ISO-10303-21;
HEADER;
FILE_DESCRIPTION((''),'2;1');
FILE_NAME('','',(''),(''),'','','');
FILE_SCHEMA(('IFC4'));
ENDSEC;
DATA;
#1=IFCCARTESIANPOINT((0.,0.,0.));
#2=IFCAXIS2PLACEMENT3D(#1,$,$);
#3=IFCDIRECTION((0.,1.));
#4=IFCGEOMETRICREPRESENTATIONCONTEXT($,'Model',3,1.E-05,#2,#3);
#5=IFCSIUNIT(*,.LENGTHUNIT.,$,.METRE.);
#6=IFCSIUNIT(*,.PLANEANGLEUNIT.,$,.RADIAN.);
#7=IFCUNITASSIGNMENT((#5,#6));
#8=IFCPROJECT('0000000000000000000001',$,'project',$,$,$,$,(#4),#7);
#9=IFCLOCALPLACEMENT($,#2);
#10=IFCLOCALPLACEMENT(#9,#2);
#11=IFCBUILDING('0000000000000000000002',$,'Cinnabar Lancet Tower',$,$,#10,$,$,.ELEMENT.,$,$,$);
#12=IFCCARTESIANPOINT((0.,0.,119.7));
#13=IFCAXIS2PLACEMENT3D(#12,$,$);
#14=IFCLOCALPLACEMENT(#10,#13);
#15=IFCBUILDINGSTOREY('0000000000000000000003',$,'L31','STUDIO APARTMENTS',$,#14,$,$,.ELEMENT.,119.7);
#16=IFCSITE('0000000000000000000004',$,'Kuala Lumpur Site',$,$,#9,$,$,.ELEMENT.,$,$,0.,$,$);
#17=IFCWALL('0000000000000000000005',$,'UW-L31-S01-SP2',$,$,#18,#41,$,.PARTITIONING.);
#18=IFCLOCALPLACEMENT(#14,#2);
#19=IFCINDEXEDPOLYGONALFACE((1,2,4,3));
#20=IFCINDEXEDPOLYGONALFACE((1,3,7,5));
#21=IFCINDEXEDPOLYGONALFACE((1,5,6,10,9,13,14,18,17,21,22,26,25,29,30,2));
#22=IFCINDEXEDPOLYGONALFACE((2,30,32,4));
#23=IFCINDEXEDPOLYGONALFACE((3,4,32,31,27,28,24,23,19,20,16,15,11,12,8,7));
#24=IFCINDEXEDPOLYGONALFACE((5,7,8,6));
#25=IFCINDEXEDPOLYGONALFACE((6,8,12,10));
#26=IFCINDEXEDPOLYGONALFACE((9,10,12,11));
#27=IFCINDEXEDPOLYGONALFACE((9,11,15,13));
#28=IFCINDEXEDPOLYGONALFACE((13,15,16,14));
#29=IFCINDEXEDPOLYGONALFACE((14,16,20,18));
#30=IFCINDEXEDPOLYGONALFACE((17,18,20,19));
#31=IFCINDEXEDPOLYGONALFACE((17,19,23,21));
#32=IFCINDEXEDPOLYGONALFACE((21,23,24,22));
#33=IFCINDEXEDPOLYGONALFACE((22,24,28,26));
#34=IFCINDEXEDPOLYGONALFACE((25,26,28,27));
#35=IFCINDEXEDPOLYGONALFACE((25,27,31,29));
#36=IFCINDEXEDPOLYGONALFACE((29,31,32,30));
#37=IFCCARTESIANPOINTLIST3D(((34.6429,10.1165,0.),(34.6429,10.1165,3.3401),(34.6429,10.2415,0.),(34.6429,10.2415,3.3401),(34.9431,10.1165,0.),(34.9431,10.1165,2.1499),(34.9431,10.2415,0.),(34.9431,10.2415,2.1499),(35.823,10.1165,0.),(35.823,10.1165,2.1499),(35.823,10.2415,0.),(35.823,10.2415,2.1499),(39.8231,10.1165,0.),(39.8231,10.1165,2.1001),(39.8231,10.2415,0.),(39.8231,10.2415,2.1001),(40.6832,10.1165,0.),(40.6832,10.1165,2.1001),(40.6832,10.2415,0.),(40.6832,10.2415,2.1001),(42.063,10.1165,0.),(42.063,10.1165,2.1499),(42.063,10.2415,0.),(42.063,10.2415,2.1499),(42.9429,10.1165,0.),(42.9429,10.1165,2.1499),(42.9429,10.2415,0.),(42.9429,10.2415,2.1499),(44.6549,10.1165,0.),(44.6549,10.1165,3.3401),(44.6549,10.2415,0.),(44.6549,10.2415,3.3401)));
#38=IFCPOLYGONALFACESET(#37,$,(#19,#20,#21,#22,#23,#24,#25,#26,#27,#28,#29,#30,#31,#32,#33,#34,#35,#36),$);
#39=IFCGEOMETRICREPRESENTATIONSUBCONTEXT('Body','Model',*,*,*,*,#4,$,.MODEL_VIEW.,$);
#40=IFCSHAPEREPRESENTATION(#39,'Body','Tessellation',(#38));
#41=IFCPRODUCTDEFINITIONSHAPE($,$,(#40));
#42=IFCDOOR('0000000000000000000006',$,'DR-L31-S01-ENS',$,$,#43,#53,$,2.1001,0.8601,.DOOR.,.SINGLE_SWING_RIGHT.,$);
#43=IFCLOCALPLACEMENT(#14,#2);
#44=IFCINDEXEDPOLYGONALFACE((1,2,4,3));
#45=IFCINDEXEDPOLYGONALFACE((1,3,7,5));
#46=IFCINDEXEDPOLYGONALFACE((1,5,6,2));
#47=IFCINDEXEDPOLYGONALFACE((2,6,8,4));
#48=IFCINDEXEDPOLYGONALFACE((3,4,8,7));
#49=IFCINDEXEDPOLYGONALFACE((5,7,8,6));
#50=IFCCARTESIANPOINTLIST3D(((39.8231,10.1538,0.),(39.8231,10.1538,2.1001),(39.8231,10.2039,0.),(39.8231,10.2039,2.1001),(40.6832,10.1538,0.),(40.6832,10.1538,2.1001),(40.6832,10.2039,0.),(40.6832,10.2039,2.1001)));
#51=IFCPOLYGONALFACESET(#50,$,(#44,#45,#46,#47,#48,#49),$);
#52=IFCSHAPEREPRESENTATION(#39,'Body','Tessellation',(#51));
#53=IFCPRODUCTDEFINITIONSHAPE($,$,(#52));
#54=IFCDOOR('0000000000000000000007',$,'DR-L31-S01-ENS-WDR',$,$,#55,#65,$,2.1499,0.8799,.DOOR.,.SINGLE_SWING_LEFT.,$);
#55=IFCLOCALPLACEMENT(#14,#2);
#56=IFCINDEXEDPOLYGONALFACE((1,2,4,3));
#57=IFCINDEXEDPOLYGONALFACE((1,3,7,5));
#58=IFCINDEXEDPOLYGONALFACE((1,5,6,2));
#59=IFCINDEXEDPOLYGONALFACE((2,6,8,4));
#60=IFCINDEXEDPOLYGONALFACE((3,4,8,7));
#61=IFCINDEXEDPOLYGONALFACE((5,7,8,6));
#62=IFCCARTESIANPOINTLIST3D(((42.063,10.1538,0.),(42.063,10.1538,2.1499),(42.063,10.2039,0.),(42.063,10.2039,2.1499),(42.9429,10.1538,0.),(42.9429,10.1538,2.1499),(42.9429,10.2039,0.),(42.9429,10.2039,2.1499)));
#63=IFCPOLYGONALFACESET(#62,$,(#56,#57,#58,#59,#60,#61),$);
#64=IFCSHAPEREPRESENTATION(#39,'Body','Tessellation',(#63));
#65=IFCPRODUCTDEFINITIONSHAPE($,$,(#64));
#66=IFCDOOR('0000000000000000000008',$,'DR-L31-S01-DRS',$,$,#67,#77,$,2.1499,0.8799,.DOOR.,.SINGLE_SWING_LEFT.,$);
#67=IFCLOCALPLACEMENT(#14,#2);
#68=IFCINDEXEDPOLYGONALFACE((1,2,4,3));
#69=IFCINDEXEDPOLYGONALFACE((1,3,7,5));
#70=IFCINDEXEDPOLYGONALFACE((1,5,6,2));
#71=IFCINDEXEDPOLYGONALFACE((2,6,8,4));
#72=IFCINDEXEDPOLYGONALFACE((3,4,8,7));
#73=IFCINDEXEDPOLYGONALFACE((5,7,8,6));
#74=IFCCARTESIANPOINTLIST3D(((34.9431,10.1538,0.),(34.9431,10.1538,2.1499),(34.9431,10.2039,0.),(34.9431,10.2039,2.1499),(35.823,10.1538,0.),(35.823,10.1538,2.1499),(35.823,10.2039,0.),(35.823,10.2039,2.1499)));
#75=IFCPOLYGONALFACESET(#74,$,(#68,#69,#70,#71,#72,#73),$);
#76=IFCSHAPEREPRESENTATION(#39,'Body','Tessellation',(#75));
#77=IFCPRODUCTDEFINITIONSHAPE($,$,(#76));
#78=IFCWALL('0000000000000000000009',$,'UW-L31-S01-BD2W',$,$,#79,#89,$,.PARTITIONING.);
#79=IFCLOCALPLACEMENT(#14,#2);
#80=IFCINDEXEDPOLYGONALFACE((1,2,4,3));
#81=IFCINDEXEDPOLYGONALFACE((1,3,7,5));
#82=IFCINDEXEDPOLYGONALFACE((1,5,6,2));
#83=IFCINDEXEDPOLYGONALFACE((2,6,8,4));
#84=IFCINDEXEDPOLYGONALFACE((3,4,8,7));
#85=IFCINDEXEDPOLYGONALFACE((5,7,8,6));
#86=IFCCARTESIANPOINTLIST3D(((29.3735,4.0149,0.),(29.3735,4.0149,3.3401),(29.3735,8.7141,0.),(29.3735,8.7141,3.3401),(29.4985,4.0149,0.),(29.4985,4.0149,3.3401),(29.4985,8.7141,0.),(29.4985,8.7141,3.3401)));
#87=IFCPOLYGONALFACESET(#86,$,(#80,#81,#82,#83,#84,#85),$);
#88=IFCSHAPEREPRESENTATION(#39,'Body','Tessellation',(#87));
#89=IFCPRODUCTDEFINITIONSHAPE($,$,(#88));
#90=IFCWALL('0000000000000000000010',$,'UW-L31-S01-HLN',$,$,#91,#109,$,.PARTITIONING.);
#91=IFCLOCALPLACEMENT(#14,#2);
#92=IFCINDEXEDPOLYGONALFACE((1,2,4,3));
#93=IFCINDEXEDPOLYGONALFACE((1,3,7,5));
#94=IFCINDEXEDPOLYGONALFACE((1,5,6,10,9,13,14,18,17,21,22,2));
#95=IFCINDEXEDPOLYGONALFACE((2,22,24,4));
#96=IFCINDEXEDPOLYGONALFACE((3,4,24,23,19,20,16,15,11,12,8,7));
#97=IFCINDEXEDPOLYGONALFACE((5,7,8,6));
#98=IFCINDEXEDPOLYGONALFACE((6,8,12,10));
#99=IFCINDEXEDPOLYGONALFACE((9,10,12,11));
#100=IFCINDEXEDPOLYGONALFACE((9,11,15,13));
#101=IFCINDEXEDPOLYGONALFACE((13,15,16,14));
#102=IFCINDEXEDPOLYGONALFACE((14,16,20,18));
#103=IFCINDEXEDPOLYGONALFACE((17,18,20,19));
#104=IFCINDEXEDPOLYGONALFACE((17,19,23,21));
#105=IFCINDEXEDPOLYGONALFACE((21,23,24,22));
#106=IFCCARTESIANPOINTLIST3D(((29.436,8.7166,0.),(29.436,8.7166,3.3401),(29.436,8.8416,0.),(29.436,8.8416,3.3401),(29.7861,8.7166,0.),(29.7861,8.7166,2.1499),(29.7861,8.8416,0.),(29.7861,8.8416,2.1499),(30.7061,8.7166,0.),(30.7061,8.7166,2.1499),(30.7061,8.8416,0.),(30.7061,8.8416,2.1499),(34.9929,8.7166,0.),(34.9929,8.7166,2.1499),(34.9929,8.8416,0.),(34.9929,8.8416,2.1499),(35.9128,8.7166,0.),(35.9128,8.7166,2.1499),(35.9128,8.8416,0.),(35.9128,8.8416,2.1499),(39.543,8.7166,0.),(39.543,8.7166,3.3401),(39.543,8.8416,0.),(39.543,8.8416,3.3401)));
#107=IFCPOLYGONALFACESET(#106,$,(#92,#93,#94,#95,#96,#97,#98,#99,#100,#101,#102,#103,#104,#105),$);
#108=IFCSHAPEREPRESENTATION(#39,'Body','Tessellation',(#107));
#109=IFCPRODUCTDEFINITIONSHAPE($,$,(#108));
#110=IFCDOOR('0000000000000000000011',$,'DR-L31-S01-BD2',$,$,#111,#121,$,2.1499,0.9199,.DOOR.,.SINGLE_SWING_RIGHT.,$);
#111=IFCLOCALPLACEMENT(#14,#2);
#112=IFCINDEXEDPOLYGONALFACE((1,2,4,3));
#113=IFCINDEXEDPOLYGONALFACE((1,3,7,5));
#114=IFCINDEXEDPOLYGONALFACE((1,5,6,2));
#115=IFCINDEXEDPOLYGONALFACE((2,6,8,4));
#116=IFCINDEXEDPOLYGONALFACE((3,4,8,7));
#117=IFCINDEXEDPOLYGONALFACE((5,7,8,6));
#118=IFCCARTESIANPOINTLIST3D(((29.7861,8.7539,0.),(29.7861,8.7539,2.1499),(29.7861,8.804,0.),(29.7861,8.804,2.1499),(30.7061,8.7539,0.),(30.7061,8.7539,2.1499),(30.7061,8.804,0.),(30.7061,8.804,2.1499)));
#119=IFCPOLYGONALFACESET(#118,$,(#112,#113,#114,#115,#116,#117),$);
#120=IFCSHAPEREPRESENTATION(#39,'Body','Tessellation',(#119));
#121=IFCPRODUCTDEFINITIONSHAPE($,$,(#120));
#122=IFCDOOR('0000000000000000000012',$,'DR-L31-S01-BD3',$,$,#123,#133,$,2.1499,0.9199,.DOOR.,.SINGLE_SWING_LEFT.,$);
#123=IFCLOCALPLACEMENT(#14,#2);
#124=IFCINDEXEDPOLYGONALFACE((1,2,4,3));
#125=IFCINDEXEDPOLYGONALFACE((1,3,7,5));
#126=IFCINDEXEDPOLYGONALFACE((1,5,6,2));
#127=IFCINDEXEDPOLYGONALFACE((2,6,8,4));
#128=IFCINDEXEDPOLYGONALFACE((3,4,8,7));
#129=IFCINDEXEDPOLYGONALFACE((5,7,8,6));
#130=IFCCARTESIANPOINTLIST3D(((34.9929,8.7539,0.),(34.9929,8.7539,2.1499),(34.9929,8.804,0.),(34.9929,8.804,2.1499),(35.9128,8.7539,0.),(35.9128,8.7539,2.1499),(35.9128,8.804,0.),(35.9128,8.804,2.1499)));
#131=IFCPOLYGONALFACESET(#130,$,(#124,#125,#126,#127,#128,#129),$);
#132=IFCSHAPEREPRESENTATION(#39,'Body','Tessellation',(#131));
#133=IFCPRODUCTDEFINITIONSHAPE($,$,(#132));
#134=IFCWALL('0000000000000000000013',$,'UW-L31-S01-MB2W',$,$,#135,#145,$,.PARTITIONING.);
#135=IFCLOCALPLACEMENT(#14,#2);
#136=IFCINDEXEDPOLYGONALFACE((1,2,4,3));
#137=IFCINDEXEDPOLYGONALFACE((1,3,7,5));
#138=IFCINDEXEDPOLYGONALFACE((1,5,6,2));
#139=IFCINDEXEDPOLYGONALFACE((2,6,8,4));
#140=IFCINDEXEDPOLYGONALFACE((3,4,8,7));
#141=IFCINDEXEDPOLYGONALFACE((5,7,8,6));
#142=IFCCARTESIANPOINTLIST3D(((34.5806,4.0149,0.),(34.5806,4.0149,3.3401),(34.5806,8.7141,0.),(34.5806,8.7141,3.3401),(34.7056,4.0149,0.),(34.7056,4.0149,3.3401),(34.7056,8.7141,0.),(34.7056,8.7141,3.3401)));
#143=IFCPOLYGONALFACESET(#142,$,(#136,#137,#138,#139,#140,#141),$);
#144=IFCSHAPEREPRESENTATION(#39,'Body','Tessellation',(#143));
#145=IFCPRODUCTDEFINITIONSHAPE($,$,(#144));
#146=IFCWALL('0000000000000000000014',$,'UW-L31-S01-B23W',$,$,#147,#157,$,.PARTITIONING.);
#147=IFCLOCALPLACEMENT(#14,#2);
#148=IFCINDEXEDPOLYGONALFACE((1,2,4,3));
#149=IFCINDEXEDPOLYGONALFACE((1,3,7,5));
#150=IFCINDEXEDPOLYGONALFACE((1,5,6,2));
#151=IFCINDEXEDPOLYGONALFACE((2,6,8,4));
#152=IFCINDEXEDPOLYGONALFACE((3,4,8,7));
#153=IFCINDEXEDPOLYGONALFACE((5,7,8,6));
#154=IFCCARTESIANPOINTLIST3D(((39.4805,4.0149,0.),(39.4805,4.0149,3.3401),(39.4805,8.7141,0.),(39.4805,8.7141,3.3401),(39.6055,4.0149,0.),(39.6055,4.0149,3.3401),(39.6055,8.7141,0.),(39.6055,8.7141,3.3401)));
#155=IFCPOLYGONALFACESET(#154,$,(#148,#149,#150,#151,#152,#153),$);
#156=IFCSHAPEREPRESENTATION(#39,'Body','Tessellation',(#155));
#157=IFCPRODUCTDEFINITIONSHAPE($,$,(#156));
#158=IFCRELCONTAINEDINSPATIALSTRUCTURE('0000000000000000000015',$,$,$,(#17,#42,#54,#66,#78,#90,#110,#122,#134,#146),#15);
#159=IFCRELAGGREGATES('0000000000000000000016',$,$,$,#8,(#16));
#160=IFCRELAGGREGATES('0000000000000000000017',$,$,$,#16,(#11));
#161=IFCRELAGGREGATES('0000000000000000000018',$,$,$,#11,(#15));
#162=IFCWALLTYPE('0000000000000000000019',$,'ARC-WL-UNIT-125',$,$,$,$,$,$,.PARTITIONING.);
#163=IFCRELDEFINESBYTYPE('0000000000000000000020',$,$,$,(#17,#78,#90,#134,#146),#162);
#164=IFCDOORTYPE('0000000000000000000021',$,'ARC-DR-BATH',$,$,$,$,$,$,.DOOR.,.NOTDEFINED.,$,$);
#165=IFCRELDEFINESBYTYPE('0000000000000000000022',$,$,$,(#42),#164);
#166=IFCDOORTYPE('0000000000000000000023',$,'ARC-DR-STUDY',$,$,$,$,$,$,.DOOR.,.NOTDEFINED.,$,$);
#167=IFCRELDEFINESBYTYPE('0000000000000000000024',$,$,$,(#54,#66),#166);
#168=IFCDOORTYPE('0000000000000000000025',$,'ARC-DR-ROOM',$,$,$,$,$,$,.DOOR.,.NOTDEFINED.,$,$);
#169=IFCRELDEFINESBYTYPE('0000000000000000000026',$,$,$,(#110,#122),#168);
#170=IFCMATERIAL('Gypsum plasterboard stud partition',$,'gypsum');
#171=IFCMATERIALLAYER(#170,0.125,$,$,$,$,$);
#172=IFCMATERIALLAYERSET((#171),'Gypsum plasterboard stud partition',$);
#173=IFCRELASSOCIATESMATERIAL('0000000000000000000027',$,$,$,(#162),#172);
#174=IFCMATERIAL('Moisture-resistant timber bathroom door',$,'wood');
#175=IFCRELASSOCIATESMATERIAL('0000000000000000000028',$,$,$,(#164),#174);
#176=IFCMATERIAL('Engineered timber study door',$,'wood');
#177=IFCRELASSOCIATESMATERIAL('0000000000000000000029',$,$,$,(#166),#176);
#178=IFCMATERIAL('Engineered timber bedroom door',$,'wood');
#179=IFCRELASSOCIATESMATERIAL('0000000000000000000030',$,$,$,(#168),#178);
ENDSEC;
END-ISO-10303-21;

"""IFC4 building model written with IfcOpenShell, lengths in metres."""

from ifc_helpers import new_model, si_unit, direction, frame, frame_2d, origin, place, context, subcontext, project, spatial, rectangle, extrude, material, layer, layer_set, type_object, element, fill, save


model = new_model("IFC4")

# Units and contexts
model_context = context("Model", 3, precision=1e-05, world=origin(), true_north=direction((0.0, 1.0)))
body_context = subcontext(model_context, "Body", "Model", "MODEL_VIEW")
ifc_project = project(units=[si_unit("LENGTHUNIT", "METRE"), si_unit("PLANEANGLEUNIT", "RADIAN")], contexts=[model_context])

# Site, building, storey
site_placement = place(None, origin())
site = spatial("IfcSite", under=ifc_project, at=site_placement, Name="Kuala Lumpur Site", CompositionType="ELEMENT", RefElevation=0.0)
building_placement = place(site_placement, origin())
building = spatial("IfcBuilding", under=site, at=building_placement, Name="Cinnabar Lancet Tower", CompositionType="ELEMENT")
storey_placement = place(building_placement, frame((0.0, 0.0, 119.7)))
storey = spatial("IfcBuildingStorey", under=building, at=storey_placement, Name="L31", Description="STUDIO APARTMENTS", CompositionType="ELEMENT", Elevation=119.7)

# Wall, openings, doors
ifc_material_1 = material(Name="Gypsum plasterboard stud partition", Category="gypsum")
ifc_layer_1 = layer(ifc_material_1, 0.125)
ifc_layer_set_1 = layer_set([ifc_layer_1], Name="Gypsum plasterboard stud partition")
wall_type_1 = type_object("IfcWallType", Name="ARC-WL-UNIT-125", PredefinedType="PARTITIONING", material=ifc_layer_set_1)
wall_1_placement = place(storey_placement, frame((34.6431, 10.179, 0.0), z_axis=(0.0, 0.0, 1.0), x_axis=(1.0, 0.0, 0.0)))
wall_1 = element("IfcWall", 1, at=wall_1_placement, inside=storey, type_object=wall_type_1, Name="UW-L31-S01-SP2", PredefinedType="PARTITIONING", context=body_context, shape_type="SweptSolid", body=[
    extrude(rectangle(XDim=10.012, YDim=0.125, at=frame_2d((5.0059, 0.0))), origin(), (0.0, 0.0, 1.0), 3.3401),
])
opening_1_placement = place(wall_1_placement, frame((5.1799, 0.0, 0.0)))
opening_1 = element("IfcOpeningElement", 2, at=opening_1_placement, cuts=wall_1, PredefinedType="OPENING", context=body_context, shape_type="SweptSolid", body=[
    extrude(rectangle(XDim=0.8601, YDim=2.1001, at=frame_2d((0.4302, 1.05))), frame((0.0, 0.0725, 0.0), z_axis=(0.0, -1.0, 0.0), x_axis=(1.0, 0.0, 0.0)), (0.0, 0.0, 1.0), 0.145),
])
opening_2_placement = place(wall_1_placement, frame((7.4199, 0.0, 0.0)))
opening_2 = element("IfcOpeningElement", 3, at=opening_2_placement, cuts=wall_1, PredefinedType="OPENING", context=body_context, shape_type="SweptSolid", body=[
    extrude(rectangle(XDim=0.8799, YDim=2.1499, at=frame_2d((0.4399, 1.075))), frame((0.0, 0.0725, 0.0), z_axis=(0.0, -1.0, 0.0), x_axis=(1.0, 0.0, 0.0)), (0.0, 0.0, 1.0), 0.145),
])
opening_3_placement = place(wall_1_placement, frame((0.3, 0.0, 0.0)))
opening_3 = element("IfcOpeningElement", 4, at=opening_3_placement, cuts=wall_1, PredefinedType="OPENING", context=body_context, shape_type="SweptSolid", body=[
    extrude(rectangle(XDim=0.8799, YDim=2.1499, at=frame_2d((0.4399, 1.075))), frame((0.0, 0.0725, 0.0), z_axis=(0.0, -1.0, 0.0), x_axis=(1.0, 0.0, 0.0)), (0.0, 0.0, 1.0), 0.145),
])
ifc_material_2 = material(Name="Moisture-resistant timber bathroom door", Category="wood")
door_type_1 = type_object("IfcDoorType", Name="ARC-DR-BATH", OperationType="NOTDEFINED", PredefinedType="DOOR", material=ifc_material_2)
door_1_placement = place(opening_1_placement, origin())
door_1 = element("IfcDoor", 5, at=door_1_placement, inside=storey, type_object=door_type_1, Name="DR-L31-S01-ENS", OperationType="SINGLE_SWING_RIGHT", OverallHeight=2.1001, OverallWidth=0.8601, PredefinedType="DOOR", context=body_context, shape_type="SweptSolid", body=[
    extrude(rectangle(XDim=0.8601, YDim=2.1001, at=frame_2d((0.4302, 1.05))), frame((0.0, 0.0249, 0.0), z_axis=(0.0, -1.0, 0.0), x_axis=(1.0, 0.0, 0.0)), (0.0, 0.0, 1.0), 0.05),
])
fill(opening_1, door_1)
ifc_material_3 = material(Name="Engineered timber study door", Category="wood")
door_type_2 = type_object("IfcDoorType", Name="ARC-DR-STUDY", OperationType="NOTDEFINED", PredefinedType="DOOR", material=ifc_material_3)
door_2_placement = place(opening_2_placement, origin())
door_2 = element("IfcDoor", 6, at=door_2_placement, inside=storey, type_object=door_type_2, Name="DR-L31-S01-ENS-WDR", OperationType="SINGLE_SWING_LEFT", OverallHeight=2.1499, OverallWidth=0.8799, PredefinedType="DOOR", context=body_context, shape_type="SweptSolid", body=[
    extrude(rectangle(XDim=0.8799, YDim=2.1499, at=frame_2d((0.4399, 1.075))), frame((0.0, 0.0249, 0.0), z_axis=(0.0, -1.0, 0.0), x_axis=(1.0, 0.0, 0.0)), (0.0, 0.0, 1.0), 0.05),
])
fill(opening_2, door_2)
door_3_placement = place(opening_3_placement, origin())
door_3 = element("IfcDoor", 7, at=door_3_placement, inside=storey, type_object=door_type_2, Name="DR-L31-S01-DRS", OperationType="SINGLE_SWING_LEFT", OverallHeight=2.1499, OverallWidth=0.8799, PredefinedType="DOOR", context=body_context, shape_type="SweptSolid", body=[
    extrude(rectangle(XDim=0.8799, YDim=2.1499, at=frame_2d((0.4399, 1.075))), frame((0.0, 0.0249, 0.0), z_axis=(0.0, -1.0, 0.0), x_axis=(1.0, 0.0, 0.0)), (0.0, 0.0, 1.0), 0.05),
])
fill(opening_3, door_3)

# Wall
wall_2_placement = place(storey_placement, frame((29.436, 4.0149, 0.0), z_axis=(0.0, 0.0, 1.0), x_axis=(0.0, 1.0, 0.0)))
element("IfcWall", 8, at=wall_2_placement, inside=storey, type_object=wall_type_1, Name="UW-L31-S01-BD2W", PredefinedType="PARTITIONING", context=body_context, shape_type="SweptSolid", body=[
    extrude(rectangle(XDim=4.6992, YDim=0.125, at=frame_2d((2.3496, 0.0))), origin(), (0.0, 0.0, 1.0), 3.3401),
])

# Wall, openings, doors
wall_3_placement = place(storey_placement, frame((29.436, 8.7791, 0.0), z_axis=(0.0, 0.0, 1.0), x_axis=(1.0, 0.0, 0.0)))
wall_3 = element("IfcWall", 9, at=wall_3_placement, inside=storey, type_object=wall_type_1, Name="UW-L31-S01-HLN", PredefinedType="PARTITIONING", context=body_context, shape_type="SweptSolid", body=[
    extrude(rectangle(XDim=10.1069, YDim=0.125, at=frame_2d((5.0535, 0.0))), origin(), (0.0, 0.0, 1.0), 3.3401),
])
opening_4_placement = place(wall_3_placement, frame((0.3501, 0.0, 0.0)))
opening_4 = element("IfcOpeningElement", 10, at=opening_4_placement, cuts=wall_3, PredefinedType="OPENING", context=body_context, shape_type="SweptSolid", body=[
    extrude(rectangle(XDim=0.9199, YDim=2.1499, at=frame_2d((0.46, 1.075))), frame((0.0, 0.0725, 0.0), z_axis=(0.0, -1.0, 0.0), x_axis=(1.0, 0.0, 0.0)), (0.0, 0.0, 1.0), 0.145),
])
opening_5_placement = place(wall_3_placement, frame((5.5569, 0.0, 0.0)))
opening_5 = element("IfcOpeningElement", 11, at=opening_5_placement, cuts=wall_3, PredefinedType="OPENING", context=body_context, shape_type="SweptSolid", body=[
    extrude(rectangle(XDim=0.9199, YDim=2.1499, at=frame_2d((0.46, 1.075))), frame((0.0, 0.0725, 0.0), z_axis=(0.0, -1.0, 0.0), x_axis=(1.0, 0.0, 0.0)), (0.0, 0.0, 1.0), 0.145),
])
ifc_material_4 = material(Name="Engineered timber bedroom door", Category="wood")
door_type_3 = type_object("IfcDoorType", Name="ARC-DR-ROOM", OperationType="NOTDEFINED", PredefinedType="DOOR", material=ifc_material_4)
door_4_placement = place(opening_4_placement, origin())
door_4 = element("IfcDoor", 12, at=door_4_placement, inside=storey, type_object=door_type_3, Name="DR-L31-S01-BD2", OperationType="SINGLE_SWING_RIGHT", OverallHeight=2.1499, OverallWidth=0.9199, PredefinedType="DOOR", context=body_context, shape_type="SweptSolid", body=[
    extrude(rectangle(XDim=0.9199, YDim=2.1499, at=frame_2d((0.46, 1.075))), frame((0.0, 0.0249, 0.0), z_axis=(0.0, -1.0, 0.0), x_axis=(1.0, 0.0, 0.0)), (0.0, 0.0, 1.0), 0.05),
])
fill(opening_4, door_4)
door_5_placement = place(opening_5_placement, origin())
door_5 = element("IfcDoor", 13, at=door_5_placement, inside=storey, type_object=door_type_3, Name="DR-L31-S01-BD3", OperationType="SINGLE_SWING_LEFT", OverallHeight=2.1499, OverallWidth=0.9199, PredefinedType="DOOR", context=body_context, shape_type="SweptSolid", body=[
    extrude(rectangle(XDim=0.9199, YDim=2.1499, at=frame_2d((0.46, 1.075))), frame((0.0, 0.0249, 0.0), z_axis=(0.0, -1.0, 0.0), x_axis=(1.0, 0.0, 0.0)), (0.0, 0.0, 1.0), 0.05),
])
fill(opening_5, door_5)

# Walls
for number, where, z_axis, x_axis, name in (
    (14, (34.6431, 4.0149, 0.0), (0.0, 0.0, 1.0), (0.0, 1.0, 0.0), "UW-L31-S01-MB2W"),
    (15, (39.543, 4.0149, 0.0), (0.0, 0.0, 1.0), (0.0, 1.0, 0.0), "UW-L31-S01-B23W"),
):
    element("IfcWall", number, at=place(storey_placement, frame(where, z_axis=z_axis, x_axis=x_axis)), inside=storey, type_object=wall_type_1, Name=name, PredefinedType="PARTITIONING", context=body_context, shape_type="SweptSolid", body=[
        extrude(rectangle(XDim=4.6992, YDim=0.125, at=frame_2d((2.3496, 0.0))), origin(), (0.0, 0.0, 1.0), 3.3401),
    ])

save(model, "model.ifc")
